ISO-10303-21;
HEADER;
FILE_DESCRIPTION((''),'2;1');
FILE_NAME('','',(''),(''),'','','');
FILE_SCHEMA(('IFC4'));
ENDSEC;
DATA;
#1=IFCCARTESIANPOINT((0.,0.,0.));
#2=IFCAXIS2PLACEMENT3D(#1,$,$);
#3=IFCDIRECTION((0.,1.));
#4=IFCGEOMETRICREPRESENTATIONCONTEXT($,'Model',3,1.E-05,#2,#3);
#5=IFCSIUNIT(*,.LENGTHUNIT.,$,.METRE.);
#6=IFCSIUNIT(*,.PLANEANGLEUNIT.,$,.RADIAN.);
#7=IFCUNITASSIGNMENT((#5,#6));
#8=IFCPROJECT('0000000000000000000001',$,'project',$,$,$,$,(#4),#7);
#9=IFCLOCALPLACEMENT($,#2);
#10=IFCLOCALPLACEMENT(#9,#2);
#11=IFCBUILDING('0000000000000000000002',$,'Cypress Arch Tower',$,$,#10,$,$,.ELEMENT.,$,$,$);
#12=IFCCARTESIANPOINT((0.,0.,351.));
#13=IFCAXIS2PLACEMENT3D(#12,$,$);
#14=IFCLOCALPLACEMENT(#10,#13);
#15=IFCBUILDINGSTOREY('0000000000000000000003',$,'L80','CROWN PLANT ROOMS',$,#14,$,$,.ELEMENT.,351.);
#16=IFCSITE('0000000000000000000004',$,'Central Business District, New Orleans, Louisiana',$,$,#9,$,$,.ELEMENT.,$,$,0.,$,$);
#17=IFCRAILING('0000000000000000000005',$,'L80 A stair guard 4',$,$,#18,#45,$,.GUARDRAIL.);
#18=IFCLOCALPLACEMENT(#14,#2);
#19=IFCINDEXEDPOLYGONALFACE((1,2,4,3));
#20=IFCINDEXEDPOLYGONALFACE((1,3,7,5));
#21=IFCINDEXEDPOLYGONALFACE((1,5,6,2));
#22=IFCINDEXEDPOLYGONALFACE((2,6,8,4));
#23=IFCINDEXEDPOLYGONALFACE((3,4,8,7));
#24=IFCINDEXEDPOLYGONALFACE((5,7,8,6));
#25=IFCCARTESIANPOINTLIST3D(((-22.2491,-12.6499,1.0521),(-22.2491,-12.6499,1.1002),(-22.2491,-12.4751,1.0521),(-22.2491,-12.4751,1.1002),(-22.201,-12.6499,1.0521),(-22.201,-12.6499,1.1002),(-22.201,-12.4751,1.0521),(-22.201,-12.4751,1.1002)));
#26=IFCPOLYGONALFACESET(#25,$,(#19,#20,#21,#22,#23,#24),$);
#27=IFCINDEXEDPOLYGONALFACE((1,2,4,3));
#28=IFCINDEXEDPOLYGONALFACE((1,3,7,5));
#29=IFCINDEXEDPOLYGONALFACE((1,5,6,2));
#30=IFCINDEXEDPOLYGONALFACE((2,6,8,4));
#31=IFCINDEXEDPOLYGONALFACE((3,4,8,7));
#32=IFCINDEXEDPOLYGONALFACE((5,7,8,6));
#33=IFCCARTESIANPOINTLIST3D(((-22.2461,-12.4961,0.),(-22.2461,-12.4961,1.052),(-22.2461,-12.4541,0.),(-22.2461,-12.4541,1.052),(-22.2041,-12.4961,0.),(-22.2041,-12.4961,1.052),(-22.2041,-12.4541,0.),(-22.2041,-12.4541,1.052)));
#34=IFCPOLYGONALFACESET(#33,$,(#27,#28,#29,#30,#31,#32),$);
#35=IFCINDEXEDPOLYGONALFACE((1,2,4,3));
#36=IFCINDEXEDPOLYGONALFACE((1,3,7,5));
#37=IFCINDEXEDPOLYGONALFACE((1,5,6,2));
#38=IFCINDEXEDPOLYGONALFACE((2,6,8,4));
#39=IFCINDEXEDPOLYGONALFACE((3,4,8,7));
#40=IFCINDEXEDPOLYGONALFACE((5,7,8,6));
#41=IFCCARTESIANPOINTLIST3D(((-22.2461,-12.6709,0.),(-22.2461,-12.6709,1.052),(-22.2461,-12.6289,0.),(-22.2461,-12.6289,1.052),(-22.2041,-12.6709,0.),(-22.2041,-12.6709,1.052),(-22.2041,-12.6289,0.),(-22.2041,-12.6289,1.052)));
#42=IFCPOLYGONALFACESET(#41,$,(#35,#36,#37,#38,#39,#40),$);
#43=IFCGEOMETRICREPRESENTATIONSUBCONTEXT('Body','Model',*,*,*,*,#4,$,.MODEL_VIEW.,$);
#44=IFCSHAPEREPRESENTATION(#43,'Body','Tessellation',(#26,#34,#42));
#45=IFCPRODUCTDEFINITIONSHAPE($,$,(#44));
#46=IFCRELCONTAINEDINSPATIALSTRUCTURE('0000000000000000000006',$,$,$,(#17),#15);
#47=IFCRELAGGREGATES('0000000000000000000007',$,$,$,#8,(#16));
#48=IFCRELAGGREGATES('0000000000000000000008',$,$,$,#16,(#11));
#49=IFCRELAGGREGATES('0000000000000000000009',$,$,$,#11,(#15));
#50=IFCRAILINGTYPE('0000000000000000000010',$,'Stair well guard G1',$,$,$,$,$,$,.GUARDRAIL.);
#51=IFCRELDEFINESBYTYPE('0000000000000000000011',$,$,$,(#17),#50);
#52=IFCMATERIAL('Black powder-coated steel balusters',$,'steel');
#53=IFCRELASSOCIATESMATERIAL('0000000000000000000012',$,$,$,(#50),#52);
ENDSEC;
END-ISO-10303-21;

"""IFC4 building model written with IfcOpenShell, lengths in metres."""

from ifc_helpers import new_model, si_unit, direction, frame, origin, origin_2d, place, context, subcontext, project, spatial, rectangle, extrude, material, type_object, element, save


model = new_model("IFC4")

# Units and contexts
model_context = context("Model", 3, precision=1e-05, world=origin(), true_north=direction((0.0, 1.0)))
body_context = subcontext(model_context, "Body", "Model", "MODEL_VIEW")
ifc_project = project(units=[si_unit("LENGTHUNIT", "METRE"), si_unit("PLANEANGLEUNIT", "RADIAN")], contexts=[model_context])

# Site, building, storey
site_placement = place(None, origin())
site = spatial("IfcSite", under=ifc_project, at=site_placement, Name="Central Business District, New Orleans, Louisiana", CompositionType="ELEMENT", RefElevation=0.0)
building_placement = place(site_placement, origin())
building = spatial("IfcBuilding", under=site, at=building_placement, Name="Cypress Arch Tower", CompositionType="ELEMENT")
storey_placement = place(building_placement, frame((0.0, 0.0, 351.0)))
storey = spatial("IfcBuildingStorey", under=building, at=storey_placement, Name="L80", Description="CROWN PLANT ROOMS", CompositionType="ELEMENT", Elevation=351.0)

# Railing
ifc_material_1 = material(Name="Black powder-coated steel balusters", Category="steel")
railing_type_1 = type_object("IfcRailingType", Name="Stair well guard G1", PredefinedType="GUARDRAIL", material=ifc_material_1)
railing_1_placement = place(storey_placement, frame((-22.2251, -12.4751, 0.0)))
element("IfcRailing", 1, at=railing_1_placement, inside=storey, type_object=railing_type_1, Name="L80 A stair guard 4", PredefinedType="GUARDRAIL", context=body_context, shape_type="SweptSolid", body=[
    extrude(rectangle(XDim=0.0481, YDim=0.0481, at=origin_2d()), frame((0.0, 0.0, 1.0762), z_axis=(0.0, -1.0, 0.0), x_axis=(1.0, 0.0, 0.0)), (0.0, 0.0, 1.0), 0.1748),
    extrude(rectangle(XDim=0.042, YDim=0.042, at=origin_2d()), origin(), (0.0, 0.0, 1.0), 1.052),
    extrude(rectangle(XDim=0.042, YDim=0.042, at=origin_2d()), frame((0.0, -0.1748, 0.0)), (0.0, 0.0, 1.0), 1.052),
])

save(model, "model.ifc")
